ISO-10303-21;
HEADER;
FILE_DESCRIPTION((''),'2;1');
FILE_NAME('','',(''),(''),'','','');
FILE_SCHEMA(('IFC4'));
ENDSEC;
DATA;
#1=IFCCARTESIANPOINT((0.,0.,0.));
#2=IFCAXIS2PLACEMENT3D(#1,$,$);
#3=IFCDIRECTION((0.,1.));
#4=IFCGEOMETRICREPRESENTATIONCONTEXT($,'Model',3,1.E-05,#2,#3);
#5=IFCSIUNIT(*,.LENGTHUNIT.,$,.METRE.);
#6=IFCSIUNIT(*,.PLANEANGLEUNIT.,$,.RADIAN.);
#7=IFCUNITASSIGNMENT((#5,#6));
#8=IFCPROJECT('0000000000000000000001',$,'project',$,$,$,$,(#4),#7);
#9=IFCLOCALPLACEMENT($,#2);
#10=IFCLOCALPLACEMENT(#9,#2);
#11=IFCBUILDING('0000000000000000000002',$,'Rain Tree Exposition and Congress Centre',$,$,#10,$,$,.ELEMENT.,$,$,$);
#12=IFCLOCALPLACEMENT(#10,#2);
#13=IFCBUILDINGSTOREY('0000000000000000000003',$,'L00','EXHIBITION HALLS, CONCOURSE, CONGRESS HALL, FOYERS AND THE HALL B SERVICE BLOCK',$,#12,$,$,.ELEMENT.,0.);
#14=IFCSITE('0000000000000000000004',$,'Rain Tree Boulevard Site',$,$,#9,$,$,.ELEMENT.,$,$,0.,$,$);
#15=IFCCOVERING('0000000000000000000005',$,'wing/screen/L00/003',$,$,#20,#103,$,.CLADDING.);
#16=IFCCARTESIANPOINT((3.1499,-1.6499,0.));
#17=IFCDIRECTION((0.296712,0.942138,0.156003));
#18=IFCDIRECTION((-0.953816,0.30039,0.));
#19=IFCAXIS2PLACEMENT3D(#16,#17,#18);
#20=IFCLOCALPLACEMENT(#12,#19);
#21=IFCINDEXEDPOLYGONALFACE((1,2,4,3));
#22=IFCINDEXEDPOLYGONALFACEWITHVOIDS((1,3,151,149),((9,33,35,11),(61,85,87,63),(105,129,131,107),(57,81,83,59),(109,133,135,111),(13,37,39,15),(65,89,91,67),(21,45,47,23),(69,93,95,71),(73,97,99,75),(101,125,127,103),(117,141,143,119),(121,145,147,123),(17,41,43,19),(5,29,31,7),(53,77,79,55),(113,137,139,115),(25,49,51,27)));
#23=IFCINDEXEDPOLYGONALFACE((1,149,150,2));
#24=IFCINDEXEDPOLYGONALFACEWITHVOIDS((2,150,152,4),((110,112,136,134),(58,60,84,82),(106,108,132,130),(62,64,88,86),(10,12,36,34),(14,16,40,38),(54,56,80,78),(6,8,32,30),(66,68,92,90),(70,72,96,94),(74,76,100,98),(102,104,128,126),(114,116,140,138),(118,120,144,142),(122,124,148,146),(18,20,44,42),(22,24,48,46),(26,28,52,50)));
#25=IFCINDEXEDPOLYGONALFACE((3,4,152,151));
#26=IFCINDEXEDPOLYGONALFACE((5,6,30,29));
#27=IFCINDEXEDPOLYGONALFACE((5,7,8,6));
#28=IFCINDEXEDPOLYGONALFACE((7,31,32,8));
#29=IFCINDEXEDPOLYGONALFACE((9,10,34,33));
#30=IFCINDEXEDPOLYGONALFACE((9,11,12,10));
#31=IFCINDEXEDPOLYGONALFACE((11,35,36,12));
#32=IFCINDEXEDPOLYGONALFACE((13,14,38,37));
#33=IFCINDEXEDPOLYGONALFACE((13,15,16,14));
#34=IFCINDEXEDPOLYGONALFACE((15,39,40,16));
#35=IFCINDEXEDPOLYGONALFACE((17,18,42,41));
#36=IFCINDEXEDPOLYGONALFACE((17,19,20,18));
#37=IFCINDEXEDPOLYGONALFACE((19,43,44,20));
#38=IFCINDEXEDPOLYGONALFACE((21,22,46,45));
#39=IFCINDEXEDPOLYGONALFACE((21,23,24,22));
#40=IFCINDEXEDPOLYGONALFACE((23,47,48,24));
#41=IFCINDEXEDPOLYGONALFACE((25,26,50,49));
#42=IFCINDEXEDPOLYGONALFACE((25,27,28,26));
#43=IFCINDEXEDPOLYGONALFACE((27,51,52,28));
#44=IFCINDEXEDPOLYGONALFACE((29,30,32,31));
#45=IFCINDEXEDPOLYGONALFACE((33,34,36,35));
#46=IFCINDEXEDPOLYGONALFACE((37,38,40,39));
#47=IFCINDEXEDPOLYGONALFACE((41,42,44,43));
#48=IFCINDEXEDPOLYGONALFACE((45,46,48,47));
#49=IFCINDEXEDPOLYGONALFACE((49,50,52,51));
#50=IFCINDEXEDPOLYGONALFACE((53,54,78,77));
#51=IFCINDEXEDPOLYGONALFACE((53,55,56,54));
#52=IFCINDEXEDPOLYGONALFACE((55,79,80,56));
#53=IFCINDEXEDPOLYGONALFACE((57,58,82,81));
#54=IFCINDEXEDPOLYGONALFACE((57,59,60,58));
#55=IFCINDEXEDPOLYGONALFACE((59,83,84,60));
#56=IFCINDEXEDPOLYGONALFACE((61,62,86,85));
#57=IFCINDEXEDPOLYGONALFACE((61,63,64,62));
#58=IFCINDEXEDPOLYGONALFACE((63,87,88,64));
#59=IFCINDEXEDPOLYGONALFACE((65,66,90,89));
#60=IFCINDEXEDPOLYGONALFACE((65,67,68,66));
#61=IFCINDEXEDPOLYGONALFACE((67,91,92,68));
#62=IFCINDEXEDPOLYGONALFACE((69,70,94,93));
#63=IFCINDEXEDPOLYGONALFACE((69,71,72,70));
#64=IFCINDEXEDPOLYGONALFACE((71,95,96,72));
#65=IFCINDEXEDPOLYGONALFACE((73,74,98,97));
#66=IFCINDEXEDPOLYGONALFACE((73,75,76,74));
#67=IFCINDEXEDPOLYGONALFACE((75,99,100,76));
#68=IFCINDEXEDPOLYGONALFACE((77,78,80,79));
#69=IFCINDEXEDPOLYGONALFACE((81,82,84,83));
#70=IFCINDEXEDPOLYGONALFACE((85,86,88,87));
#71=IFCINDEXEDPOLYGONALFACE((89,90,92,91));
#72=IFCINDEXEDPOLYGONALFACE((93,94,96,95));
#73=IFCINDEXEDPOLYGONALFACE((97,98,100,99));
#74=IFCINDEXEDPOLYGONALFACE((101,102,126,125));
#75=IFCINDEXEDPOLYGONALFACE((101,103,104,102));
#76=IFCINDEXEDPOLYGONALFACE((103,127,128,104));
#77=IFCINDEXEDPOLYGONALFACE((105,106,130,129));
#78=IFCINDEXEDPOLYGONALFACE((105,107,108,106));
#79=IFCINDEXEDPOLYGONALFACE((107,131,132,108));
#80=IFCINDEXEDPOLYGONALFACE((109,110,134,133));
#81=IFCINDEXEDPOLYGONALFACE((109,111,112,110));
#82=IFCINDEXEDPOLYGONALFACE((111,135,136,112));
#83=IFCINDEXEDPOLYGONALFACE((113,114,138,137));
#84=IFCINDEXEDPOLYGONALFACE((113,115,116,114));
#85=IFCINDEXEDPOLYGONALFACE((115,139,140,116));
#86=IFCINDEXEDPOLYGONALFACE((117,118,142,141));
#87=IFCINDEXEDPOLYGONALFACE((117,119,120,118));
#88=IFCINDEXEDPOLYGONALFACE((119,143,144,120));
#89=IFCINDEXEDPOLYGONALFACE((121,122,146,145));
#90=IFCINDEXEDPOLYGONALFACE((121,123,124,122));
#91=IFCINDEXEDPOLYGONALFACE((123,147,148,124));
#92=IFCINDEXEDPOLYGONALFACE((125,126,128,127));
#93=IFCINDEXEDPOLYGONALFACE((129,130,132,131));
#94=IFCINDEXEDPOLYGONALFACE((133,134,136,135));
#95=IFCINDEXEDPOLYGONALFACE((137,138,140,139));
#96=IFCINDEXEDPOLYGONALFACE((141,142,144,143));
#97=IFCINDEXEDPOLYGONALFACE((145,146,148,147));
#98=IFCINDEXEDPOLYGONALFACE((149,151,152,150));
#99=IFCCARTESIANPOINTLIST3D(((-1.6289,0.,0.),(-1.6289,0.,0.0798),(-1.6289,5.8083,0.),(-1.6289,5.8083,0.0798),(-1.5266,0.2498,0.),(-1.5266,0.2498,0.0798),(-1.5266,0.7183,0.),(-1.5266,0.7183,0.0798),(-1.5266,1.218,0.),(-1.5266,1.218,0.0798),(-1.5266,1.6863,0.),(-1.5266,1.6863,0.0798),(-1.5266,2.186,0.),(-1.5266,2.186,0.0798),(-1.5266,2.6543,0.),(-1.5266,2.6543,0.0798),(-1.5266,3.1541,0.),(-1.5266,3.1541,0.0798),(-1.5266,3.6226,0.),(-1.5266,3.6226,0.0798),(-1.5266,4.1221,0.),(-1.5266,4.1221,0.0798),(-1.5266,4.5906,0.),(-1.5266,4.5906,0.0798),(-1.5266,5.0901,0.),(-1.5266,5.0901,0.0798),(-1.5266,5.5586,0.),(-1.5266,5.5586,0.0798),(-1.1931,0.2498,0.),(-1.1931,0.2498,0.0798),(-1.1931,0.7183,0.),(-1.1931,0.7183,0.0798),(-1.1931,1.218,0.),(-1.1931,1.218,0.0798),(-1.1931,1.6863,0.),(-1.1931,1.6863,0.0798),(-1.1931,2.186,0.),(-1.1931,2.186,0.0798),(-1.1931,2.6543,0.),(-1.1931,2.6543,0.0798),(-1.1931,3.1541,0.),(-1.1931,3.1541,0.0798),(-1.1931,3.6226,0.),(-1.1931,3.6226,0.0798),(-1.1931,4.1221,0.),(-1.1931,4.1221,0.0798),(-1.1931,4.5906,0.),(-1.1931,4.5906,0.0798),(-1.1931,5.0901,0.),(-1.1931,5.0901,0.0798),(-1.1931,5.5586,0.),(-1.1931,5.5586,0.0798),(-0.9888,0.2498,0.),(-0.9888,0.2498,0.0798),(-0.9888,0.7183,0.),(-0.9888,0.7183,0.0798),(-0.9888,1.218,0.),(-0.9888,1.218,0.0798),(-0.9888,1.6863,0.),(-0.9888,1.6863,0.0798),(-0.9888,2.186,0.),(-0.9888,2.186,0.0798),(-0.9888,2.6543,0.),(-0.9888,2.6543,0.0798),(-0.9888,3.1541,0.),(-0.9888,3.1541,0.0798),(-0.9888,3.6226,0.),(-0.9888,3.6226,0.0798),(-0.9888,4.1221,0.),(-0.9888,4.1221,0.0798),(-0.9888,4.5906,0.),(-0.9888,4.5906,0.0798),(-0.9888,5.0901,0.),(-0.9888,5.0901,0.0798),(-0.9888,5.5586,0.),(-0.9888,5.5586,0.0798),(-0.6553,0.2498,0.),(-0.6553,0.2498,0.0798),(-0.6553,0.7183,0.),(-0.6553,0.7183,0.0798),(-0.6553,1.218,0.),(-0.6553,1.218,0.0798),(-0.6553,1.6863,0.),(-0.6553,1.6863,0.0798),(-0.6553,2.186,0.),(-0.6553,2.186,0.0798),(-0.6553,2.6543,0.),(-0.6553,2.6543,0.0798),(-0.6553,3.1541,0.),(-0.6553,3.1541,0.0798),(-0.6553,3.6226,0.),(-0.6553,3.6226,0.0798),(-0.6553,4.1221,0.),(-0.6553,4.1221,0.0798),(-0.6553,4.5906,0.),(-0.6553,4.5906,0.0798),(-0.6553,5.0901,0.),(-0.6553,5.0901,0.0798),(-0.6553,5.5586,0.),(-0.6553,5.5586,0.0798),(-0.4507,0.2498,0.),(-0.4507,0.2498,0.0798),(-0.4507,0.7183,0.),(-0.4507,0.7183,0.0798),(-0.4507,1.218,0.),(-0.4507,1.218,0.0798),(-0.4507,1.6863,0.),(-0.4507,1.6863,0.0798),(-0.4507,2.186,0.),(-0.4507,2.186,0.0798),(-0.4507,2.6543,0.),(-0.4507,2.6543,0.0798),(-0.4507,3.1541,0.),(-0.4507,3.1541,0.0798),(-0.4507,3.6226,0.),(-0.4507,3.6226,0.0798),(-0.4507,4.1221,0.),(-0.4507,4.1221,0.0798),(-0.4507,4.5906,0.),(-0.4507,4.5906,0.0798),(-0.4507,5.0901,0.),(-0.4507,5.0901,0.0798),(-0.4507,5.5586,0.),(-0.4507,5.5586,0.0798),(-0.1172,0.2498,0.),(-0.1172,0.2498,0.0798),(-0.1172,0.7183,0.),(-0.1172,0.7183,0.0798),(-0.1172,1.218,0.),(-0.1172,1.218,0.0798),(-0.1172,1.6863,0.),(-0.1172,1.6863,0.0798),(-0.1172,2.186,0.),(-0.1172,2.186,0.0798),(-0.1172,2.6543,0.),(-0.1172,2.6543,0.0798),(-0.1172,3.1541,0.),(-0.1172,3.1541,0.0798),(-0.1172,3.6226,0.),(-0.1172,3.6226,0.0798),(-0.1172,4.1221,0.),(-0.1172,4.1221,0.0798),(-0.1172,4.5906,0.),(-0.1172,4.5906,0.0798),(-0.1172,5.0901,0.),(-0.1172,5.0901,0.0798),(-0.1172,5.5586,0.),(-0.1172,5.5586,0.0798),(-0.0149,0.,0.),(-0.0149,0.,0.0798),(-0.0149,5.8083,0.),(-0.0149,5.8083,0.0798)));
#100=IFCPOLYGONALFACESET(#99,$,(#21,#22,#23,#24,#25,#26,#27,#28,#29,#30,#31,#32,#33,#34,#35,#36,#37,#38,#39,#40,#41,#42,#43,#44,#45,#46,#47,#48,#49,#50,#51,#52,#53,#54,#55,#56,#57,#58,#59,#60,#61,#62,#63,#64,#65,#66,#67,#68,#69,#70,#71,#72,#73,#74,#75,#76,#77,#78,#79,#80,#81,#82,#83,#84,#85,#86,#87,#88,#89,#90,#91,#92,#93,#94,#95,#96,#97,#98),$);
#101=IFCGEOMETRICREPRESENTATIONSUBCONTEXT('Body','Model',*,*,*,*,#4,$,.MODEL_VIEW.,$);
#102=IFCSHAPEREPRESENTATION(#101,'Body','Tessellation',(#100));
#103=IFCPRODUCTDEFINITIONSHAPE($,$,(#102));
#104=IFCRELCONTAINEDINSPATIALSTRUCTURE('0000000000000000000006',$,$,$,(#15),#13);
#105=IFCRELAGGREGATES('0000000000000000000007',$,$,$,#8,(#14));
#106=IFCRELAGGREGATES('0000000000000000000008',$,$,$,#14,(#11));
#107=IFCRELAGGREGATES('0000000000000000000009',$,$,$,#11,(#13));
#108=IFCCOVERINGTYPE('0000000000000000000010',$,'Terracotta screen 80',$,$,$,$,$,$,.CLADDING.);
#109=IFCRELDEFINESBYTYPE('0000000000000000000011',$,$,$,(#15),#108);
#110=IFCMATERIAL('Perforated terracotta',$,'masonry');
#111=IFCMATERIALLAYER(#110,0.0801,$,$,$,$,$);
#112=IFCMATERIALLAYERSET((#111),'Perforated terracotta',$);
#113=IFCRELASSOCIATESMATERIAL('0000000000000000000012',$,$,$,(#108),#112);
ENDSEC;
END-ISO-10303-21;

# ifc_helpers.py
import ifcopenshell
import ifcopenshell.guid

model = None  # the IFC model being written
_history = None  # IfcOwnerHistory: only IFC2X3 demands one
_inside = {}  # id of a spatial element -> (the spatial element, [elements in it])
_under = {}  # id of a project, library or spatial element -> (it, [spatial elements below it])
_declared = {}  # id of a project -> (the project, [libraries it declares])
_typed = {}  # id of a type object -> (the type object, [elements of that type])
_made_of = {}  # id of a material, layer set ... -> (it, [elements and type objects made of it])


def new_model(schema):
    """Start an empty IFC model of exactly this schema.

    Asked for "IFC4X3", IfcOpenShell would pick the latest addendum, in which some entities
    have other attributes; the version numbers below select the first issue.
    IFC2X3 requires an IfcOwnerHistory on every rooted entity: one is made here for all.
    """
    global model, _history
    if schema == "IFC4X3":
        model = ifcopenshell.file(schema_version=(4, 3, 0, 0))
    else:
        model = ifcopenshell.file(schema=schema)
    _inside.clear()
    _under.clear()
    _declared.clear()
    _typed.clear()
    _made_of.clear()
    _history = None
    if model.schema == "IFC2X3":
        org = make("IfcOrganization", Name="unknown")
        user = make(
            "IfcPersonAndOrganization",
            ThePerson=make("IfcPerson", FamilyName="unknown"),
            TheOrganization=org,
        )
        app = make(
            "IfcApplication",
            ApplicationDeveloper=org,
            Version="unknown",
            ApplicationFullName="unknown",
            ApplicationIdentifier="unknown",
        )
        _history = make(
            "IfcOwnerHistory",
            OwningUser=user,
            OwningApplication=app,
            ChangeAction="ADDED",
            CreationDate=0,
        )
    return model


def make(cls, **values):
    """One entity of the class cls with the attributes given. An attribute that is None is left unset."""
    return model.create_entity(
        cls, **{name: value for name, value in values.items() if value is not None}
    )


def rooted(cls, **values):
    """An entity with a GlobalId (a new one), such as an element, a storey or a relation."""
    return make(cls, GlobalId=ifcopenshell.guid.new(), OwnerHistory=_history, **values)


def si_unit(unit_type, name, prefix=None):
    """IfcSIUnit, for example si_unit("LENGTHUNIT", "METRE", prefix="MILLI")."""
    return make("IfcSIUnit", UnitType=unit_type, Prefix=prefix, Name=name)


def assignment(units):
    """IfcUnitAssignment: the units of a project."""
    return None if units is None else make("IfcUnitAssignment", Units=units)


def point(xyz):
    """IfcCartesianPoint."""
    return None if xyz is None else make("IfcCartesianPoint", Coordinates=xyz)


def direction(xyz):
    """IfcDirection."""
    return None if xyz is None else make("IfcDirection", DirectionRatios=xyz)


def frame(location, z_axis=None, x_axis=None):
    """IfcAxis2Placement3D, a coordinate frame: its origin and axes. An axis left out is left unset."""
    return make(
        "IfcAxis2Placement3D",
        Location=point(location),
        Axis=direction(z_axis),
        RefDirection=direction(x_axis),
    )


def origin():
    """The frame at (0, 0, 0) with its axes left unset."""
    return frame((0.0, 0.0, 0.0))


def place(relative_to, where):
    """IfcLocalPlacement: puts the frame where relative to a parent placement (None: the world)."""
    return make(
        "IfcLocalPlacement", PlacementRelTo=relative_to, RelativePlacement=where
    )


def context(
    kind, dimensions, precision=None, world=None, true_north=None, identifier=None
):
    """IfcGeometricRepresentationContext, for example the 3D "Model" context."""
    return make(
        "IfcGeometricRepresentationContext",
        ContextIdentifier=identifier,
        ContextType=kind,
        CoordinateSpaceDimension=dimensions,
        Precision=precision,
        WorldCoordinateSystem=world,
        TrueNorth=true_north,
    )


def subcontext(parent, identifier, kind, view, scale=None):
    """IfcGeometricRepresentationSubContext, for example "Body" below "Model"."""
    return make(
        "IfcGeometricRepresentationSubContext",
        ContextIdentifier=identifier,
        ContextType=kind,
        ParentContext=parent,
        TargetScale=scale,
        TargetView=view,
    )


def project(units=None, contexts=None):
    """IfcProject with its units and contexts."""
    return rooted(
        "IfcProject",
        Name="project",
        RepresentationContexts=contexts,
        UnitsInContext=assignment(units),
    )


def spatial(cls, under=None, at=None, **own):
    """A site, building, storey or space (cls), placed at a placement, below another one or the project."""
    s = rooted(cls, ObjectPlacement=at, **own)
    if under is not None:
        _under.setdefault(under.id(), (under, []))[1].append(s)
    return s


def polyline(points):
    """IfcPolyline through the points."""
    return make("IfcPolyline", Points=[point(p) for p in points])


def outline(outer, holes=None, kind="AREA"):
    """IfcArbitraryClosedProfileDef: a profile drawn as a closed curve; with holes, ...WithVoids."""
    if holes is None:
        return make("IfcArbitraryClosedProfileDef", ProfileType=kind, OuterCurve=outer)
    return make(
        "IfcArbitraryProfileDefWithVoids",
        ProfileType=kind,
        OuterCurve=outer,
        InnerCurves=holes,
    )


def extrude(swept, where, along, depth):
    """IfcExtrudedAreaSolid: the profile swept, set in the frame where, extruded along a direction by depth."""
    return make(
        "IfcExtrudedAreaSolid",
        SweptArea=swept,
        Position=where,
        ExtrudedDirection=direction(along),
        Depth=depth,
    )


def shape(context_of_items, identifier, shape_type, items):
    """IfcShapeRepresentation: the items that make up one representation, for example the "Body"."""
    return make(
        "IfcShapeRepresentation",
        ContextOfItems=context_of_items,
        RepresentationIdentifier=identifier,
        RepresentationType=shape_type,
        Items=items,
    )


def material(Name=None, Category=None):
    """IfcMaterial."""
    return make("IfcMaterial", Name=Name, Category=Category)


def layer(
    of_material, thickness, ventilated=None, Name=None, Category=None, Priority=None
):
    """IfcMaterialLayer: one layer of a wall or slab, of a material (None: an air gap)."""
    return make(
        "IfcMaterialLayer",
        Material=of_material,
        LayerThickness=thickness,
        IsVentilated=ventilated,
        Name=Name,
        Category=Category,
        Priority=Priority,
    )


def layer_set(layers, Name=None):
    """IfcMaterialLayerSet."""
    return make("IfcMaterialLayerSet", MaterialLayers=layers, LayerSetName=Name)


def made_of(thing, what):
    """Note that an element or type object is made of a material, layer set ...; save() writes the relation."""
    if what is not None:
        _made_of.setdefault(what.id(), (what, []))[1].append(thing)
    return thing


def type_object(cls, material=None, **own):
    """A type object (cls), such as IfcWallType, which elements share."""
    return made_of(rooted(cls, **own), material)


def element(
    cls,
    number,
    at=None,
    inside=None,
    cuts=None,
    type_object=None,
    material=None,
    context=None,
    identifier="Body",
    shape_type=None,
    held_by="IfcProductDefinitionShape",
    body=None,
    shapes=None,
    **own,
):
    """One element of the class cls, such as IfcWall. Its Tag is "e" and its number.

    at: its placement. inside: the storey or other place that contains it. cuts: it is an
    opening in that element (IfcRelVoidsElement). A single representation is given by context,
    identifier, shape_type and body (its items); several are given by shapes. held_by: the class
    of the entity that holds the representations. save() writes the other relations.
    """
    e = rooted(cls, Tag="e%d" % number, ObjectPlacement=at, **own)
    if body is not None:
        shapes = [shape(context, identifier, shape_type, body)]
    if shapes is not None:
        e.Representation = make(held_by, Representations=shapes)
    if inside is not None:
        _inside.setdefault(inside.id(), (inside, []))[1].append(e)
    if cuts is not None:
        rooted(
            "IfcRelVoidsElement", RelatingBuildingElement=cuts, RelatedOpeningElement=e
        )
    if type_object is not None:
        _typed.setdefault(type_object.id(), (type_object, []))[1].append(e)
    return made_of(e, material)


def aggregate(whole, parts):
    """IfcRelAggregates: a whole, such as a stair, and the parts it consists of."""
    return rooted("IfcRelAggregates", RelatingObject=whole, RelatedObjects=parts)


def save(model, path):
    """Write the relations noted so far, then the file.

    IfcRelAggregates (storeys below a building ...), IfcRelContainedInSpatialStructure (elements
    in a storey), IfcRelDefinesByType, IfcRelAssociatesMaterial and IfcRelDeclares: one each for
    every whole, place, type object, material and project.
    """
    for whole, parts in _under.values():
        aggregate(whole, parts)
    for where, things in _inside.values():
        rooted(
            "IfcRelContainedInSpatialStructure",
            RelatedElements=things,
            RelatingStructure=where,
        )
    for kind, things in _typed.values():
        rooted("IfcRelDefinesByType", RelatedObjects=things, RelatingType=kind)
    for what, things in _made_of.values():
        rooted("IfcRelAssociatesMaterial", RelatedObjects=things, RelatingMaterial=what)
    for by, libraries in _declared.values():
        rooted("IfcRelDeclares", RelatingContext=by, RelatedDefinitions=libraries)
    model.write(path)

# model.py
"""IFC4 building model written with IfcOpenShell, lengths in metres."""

from ifc_helpers import new_model, si_unit, direction, frame, origin, place, context, subcontext, project, spatial, polyline, outline, extrude, material, layer, layer_set, type_object, element, save


model = new_model("IFC4")

# Units and contexts
model_context = context("Model", 3, precision=1e-05, world=origin(), true_north=direction((0.0, 1.0)))
body_context = subcontext(model_context, "Body", "Model", "MODEL_VIEW")
ifc_project = project(units=[si_unit("LENGTHUNIT", "METRE"), si_unit("PLANEANGLEUNIT", "RADIAN")], contexts=[model_context])

# Site, building, storey
site_placement = place(None, origin())
site = spatial("IfcSite", under=ifc_project, at=site_placement, Name="Rain Tree Boulevard Site", CompositionType="ELEMENT", RefElevation=0.0)
building_placement = place(site_placement, origin())
building = spatial("IfcBuilding", under=site, at=building_placement, Name="Rain Tree Exposition and Congress Centre", CompositionType="ELEMENT")
storey_placement = place(building_placement, origin())
storey = spatial("IfcBuildingStorey", under=building, at=storey_placement, Name="L00", Description="EXHIBITION HALLS, CONCOURSE, CONGRESS HALL, FOYERS AND THE HALL B SERVICE BLOCK", CompositionType="ELEMENT", Elevation=0.0)

# Covering
ifc_material_1 = material(Name="Perforated terracotta", Category="masonry")
ifc_layer_1 = layer(ifc_material_1, 0.0801)
ifc_layer_set_1 = layer_set([ifc_layer_1], Name="Perforated terracotta")
covering_type = type_object("IfcCoveringType", Name="Terracotta screen 80", PredefinedType="CLADDING", material=ifc_layer_set_1)
covering_1_placement = place(storey_placement, frame((3.1499, -1.6499, 0.0), z_axis=(0.296712, 0.942138, 0.156003), x_axis=(-0.953816, 0.30039, 0.0)))
element("IfcCovering", 1, at=covering_1_placement, inside=storey, type_object=covering_type, Name="wing/screen/L00/003", PredefinedType="CLADDING", context=body_context, shape_type="SweptSolid", body=[
    extrude(outline(polyline([(-1.6289, 0.0), (-1.6289, 5.8083), (-0.0149, 5.8083), (-0.0149, 0.0), (-1.6289, 0.0)]), holes=[polyline([(-0.1172, 0.2498), (-0.1172, 0.7183), (-0.4507, 0.7183), (-0.4507, 0.2498), (-0.1172, 0.2498)]), polyline([(-0.1172, 1.218), (-0.1172, 1.6863), (-0.4507, 1.6863), (-0.4507, 1.218), (-0.1172, 1.218)]), polyline([(-0.1172, 2.186), (-0.1172, 2.6543), (-0.4507, 2.6543), (-0.4507, 2.186), (-0.1172, 2.186)]), polyline([(-0.1172, 3.1541), (-0.1172, 3.6226), (-0.4507, 3.6226), (-0.4507, 3.1541), (-0.1172, 3.1541)]), polyline([(-0.1172, 4.1221), (-0.1172, 4.5906), (-0.4507, 4.5906), (-0.4507, 4.1221), (-0.1172, 4.1221)]), polyline([(-0.1172, 5.0901), (-0.1172, 5.5586), (-0.4507, 5.5586), (-0.4507, 5.0901), (-0.1172, 5.0901)]), polyline([(-0.6553, 0.2498), (-0.6553, 0.7183), (-0.9888, 0.7183), (-0.9888, 0.2498), (-0.6553, 0.2498)]), polyline([(-0.6553, 1.218), (-0.6553, 1.6863), (-0.9888, 1.6863), (-0.9888, 1.218), (-0.6553, 1.218)]), polyline([(-0.6553, 2.186), (-0.6553, 2.6543), (-0.9888, 2.6543), (-0.9888, 2.186), (-0.6553, 2.186)]), polyline([(-0.6553, 3.1541), (-0.6553, 3.6226), (-0.9888, 3.6226), (-0.9888, 3.1541), (-0.6553, 3.1541)]), polyline([(-0.6553, 4.1221), (-0.6553, 4.5906), (-0.9888, 4.5906), (-0.9888, 4.1221), (-0.6553, 4.1221)]), polyline([(-0.6553, 5.0901), (-0.6553, 5.5586), (-0.9888, 5.5586), (-0.9888, 5.0901), (-0.6553, 5.0901)]), polyline([(-1.1931, 0.2498), (-1.1931, 0.7183), (-1.5266, 0.7183), (-1.5266, 0.2498), (-1.1931, 0.2498)]), polyline([(-1.1931, 1.218), (-1.1931, 1.6863), (-1.5266, 1.6863), (-1.5266, 1.218), (-1.1931, 1.218)]), polyline([(-1.1931, 2.186), (-1.1931, 2.6543), (-1.5266, 2.6543), (-1.5266, 2.186), (-1.1931, 2.186)]), polyline([(-1.1931, 3.1541), (-1.1931, 3.6226), (-1.5266, 3.6226), (-1.5266, 3.1541), (-1.1931, 3.1541)]), polyline([(-1.1931, 4.1221), (-1.1931, 4.5906), (-1.5266, 4.5906), (-1.5266, 4.1221), (-1.1931, 4.1221)]), polyline([(-1.1931, 5.0901), (-1.1931, 5.5586), (-1.5266, 5.5586), (-1.5266, 5.0901), (-1.1931, 5.0901)])]), origin(), (0.0, 0.0, 1.0), 0.0798),
])

save(model, "model.ifc")
